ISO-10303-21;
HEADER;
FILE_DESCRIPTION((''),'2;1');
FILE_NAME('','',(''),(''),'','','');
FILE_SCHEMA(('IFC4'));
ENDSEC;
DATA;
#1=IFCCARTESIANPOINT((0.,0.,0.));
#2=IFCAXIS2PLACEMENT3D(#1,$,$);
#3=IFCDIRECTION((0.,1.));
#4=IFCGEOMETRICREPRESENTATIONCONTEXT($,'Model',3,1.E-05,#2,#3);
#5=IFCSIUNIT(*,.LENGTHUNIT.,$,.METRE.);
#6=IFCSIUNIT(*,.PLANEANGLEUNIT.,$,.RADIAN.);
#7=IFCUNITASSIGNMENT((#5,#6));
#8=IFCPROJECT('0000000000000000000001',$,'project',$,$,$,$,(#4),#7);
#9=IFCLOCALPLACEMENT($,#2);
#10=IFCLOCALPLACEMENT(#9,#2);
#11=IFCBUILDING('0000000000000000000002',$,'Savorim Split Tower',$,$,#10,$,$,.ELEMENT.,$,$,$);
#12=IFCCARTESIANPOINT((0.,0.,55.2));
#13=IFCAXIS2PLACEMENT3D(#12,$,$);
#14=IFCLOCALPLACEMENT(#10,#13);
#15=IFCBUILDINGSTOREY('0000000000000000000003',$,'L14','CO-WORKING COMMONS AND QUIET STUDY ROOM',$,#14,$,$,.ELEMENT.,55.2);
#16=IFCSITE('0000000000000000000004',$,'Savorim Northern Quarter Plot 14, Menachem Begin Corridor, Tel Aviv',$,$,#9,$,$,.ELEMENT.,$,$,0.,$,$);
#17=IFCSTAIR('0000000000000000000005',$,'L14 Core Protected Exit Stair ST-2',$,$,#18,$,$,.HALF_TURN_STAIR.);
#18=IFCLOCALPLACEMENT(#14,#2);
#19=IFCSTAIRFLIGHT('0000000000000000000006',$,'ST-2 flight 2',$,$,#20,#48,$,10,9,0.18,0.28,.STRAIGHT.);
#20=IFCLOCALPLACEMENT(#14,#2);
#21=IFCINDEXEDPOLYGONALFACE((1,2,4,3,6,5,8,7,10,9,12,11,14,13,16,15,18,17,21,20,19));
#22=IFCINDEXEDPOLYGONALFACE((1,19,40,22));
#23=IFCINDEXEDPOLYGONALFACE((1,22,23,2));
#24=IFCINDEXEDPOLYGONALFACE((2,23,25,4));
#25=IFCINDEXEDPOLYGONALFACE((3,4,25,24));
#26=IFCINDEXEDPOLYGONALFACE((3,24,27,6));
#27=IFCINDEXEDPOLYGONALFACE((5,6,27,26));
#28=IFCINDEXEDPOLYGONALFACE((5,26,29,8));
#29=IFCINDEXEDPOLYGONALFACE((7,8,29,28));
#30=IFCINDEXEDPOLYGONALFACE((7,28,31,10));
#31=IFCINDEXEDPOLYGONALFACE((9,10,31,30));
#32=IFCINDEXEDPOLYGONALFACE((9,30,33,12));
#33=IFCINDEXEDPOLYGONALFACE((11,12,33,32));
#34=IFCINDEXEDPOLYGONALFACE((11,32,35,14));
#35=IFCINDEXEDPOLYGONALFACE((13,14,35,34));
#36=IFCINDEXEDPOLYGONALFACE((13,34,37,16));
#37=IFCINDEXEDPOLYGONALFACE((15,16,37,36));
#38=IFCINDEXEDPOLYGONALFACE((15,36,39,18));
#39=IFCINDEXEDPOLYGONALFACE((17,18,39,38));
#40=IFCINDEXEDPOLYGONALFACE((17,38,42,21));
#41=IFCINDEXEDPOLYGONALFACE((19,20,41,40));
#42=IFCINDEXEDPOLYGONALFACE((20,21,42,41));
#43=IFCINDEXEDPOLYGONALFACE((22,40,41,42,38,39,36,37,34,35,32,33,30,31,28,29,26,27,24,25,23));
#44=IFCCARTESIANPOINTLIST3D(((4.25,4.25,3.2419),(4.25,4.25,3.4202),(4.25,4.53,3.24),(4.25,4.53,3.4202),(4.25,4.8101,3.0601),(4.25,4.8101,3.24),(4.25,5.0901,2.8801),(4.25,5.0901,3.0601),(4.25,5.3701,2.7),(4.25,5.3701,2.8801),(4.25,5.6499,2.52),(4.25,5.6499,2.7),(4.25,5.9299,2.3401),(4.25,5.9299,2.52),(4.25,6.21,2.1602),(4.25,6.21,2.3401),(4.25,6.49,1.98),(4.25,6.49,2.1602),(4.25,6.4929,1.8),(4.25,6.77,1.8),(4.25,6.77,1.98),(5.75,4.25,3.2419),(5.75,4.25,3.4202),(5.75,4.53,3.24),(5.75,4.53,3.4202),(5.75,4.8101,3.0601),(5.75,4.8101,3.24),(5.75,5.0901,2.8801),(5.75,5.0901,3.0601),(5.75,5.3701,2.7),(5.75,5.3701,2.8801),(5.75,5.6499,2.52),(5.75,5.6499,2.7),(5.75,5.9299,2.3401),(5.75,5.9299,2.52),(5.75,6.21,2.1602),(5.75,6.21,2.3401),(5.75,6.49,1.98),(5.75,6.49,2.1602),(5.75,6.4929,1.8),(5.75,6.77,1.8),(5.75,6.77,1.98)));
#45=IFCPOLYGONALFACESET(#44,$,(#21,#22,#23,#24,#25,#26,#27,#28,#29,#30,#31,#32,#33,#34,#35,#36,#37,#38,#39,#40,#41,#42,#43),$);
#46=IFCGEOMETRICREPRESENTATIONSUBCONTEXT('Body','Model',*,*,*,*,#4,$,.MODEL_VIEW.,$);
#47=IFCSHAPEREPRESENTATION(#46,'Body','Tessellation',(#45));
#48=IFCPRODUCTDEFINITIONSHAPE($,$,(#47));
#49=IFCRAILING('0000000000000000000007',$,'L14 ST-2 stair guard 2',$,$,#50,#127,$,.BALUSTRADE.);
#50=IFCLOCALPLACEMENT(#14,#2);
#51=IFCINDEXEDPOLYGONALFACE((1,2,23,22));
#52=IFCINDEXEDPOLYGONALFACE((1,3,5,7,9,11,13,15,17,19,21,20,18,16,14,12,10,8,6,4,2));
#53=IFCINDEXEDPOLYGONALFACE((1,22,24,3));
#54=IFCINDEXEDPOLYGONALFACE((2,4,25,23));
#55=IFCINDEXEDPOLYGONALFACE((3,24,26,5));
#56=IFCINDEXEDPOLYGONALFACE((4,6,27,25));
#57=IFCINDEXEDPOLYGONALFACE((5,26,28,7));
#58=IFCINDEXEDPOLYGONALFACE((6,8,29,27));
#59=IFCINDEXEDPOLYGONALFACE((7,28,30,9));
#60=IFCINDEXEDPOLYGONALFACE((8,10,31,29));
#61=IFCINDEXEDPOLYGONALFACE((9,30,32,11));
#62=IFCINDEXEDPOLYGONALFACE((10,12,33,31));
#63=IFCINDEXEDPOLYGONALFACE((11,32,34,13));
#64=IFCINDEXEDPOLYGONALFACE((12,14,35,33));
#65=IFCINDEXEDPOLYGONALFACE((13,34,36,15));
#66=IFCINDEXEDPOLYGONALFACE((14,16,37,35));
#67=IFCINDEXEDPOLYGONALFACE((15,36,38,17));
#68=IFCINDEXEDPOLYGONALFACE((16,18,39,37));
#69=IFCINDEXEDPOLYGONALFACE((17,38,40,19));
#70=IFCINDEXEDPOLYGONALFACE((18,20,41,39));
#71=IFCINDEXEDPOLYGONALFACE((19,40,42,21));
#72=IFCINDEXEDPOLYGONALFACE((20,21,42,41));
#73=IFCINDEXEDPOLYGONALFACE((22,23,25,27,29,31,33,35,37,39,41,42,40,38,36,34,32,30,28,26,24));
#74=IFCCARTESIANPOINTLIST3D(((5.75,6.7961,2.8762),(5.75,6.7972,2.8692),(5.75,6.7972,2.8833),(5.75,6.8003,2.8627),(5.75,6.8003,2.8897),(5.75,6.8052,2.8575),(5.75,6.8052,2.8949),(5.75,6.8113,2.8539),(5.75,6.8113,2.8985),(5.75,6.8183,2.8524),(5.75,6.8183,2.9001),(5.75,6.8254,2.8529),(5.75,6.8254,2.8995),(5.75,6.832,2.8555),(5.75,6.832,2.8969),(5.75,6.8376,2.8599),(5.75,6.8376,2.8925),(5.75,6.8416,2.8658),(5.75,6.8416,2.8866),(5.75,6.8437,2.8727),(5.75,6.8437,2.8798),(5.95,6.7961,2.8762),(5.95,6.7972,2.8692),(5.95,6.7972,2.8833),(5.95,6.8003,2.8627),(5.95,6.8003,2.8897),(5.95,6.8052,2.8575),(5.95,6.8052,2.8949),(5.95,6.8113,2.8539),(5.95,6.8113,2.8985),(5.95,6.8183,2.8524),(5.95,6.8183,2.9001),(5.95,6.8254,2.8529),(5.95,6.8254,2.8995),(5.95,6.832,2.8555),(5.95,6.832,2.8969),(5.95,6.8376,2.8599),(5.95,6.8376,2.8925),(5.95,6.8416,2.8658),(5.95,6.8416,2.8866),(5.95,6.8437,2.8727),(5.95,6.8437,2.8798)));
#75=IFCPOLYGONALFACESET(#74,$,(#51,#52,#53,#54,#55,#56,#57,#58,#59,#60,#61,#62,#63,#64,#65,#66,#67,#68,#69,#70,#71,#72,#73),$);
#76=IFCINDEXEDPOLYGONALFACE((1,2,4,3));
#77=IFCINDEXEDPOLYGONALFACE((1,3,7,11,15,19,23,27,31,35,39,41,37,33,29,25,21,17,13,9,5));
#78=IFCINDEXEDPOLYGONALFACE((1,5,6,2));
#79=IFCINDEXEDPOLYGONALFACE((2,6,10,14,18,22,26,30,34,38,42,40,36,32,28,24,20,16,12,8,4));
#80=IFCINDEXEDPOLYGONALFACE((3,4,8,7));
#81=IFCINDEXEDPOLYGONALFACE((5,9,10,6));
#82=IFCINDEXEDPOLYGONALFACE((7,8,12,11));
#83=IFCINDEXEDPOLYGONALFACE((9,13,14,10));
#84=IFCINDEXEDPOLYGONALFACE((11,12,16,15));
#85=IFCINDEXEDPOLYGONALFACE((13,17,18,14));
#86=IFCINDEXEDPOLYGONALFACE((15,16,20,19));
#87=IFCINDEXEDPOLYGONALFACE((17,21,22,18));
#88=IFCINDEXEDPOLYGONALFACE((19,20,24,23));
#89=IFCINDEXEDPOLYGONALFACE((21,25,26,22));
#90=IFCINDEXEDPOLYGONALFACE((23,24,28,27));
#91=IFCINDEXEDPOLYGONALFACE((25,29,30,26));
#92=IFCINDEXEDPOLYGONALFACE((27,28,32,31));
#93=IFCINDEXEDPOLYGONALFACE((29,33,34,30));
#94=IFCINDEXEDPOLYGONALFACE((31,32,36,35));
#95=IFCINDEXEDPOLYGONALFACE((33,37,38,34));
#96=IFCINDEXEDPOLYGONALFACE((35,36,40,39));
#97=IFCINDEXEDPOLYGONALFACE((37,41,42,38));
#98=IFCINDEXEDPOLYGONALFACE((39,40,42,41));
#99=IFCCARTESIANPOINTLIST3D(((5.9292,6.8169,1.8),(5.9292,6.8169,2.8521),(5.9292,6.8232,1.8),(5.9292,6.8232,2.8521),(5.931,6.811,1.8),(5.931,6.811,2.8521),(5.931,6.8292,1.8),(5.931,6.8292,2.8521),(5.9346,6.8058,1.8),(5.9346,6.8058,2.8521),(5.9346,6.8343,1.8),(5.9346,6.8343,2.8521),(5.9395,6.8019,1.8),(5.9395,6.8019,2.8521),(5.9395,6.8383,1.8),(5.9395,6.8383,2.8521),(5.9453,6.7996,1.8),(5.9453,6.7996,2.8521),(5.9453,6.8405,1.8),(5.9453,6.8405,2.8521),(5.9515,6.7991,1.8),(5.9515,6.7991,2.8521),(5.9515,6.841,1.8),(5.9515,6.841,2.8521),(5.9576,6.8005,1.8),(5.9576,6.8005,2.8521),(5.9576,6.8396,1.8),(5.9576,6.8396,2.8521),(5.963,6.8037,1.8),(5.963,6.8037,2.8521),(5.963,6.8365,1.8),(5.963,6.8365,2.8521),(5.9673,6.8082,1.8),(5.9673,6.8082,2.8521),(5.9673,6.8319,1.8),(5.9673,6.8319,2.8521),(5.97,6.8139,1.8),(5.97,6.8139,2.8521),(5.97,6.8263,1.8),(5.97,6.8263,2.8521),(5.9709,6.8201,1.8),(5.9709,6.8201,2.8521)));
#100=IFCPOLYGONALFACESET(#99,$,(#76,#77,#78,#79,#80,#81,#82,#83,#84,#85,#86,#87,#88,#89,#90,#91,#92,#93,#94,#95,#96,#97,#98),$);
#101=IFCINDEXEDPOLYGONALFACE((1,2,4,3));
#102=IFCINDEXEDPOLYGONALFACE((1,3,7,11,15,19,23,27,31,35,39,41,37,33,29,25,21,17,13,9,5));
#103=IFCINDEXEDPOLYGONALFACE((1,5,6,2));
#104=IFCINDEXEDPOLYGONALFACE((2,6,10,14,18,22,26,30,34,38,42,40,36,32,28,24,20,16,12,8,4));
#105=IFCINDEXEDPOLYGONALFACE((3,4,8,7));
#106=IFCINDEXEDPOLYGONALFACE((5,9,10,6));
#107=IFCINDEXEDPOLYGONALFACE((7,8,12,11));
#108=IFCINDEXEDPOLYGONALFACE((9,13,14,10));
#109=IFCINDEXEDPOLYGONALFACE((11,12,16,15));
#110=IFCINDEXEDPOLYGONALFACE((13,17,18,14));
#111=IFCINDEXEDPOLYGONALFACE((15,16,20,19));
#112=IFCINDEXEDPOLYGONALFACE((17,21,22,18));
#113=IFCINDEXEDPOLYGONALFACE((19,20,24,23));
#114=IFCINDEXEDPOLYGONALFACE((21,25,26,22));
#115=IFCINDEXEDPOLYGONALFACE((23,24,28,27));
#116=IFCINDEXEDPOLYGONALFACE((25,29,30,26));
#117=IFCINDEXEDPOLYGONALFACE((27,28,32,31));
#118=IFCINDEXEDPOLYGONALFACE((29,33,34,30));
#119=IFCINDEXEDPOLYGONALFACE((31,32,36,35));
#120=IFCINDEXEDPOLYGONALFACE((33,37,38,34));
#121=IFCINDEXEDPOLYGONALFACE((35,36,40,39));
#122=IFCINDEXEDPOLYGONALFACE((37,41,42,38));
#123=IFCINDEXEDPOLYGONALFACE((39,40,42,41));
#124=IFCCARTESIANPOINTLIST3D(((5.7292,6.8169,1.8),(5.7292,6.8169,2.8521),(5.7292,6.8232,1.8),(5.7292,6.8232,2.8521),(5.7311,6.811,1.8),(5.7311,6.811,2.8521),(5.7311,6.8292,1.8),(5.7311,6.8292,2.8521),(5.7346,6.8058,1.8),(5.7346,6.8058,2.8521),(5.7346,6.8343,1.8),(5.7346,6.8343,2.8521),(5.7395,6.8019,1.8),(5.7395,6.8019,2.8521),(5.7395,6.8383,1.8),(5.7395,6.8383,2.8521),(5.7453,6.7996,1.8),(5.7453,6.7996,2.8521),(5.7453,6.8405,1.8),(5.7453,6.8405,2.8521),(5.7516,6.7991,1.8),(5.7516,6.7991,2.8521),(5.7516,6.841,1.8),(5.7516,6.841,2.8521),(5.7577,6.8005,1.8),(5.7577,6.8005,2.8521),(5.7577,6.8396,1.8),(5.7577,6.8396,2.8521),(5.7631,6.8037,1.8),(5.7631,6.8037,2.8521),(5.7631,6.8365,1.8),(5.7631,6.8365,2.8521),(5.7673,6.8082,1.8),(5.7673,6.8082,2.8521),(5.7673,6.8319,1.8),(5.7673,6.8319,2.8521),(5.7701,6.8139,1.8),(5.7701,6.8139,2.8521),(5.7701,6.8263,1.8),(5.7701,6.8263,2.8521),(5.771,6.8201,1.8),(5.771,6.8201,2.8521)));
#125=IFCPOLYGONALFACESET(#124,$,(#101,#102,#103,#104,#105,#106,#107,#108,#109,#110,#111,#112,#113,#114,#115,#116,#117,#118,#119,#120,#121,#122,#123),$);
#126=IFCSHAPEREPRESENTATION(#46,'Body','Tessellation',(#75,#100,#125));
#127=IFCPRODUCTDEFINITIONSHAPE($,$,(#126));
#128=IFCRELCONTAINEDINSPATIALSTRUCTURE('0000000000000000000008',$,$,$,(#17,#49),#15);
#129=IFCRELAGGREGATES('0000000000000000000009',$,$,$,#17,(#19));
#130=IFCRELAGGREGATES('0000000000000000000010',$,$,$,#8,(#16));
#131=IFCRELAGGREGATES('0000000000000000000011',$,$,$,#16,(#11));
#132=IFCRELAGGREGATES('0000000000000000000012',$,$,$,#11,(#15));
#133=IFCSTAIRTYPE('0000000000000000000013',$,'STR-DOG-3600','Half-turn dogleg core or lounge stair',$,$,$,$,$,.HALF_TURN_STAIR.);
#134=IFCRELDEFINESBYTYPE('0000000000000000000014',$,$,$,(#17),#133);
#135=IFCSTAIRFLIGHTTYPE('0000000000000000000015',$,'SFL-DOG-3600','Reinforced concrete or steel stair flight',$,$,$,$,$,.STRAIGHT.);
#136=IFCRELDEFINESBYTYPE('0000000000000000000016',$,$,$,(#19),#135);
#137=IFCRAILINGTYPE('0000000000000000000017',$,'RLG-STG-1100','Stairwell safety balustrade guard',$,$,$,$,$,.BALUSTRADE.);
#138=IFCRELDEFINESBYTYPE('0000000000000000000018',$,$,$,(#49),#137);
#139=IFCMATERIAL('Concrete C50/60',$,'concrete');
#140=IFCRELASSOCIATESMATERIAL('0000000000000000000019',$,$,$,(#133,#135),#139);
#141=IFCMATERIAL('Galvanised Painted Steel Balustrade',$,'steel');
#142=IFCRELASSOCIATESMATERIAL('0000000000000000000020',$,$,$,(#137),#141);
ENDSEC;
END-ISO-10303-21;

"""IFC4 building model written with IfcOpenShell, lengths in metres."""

from ifc_helpers import new_model, si_unit, direction, frame, origin, origin_2d, place, context, subcontext, project, spatial, polyline, circle, outline, extrude, material, type_object, element, aggregate, save


model = new_model("IFC4")

# Units and contexts
model_context = context("Model", 3, precision=1e-05, world=origin(), true_north=direction((0.0, 1.0)))
body_context = subcontext(model_context, "Body", "Model", "MODEL_VIEW")
ifc_project = project(units=[si_unit("LENGTHUNIT", "METRE"), si_unit("PLANEANGLEUNIT", "RADIAN")], contexts=[model_context])

# Site, building, storey
site_placement = place(None, origin())
site = spatial("IfcSite", under=ifc_project, at=site_placement, Name="Savorim Northern Quarter Plot 14, Menachem Begin Corridor, Tel Aviv", CompositionType="ELEMENT", RefElevation=0.0)
building_placement = place(site_placement, origin())
building = spatial("IfcBuilding", under=site, at=building_placement, Name="Savorim Split Tower", CompositionType="ELEMENT")
storey_placement = place(building_placement, frame((0.0, 0.0, 55.2)))
storey = spatial("IfcBuildingStorey", under=building, at=storey_placement, Name="L14", Description="CO-WORKING COMMONS AND QUIET STUDY ROOM", CompositionType="ELEMENT", Elevation=55.2)

# Stair, stair flight
ifc_material_1 = material(Name="Concrete C50/60", Category="concrete")
stair_type = type_object("IfcStairType", Name="STR-DOG-3600", Description="Half-turn dogleg core or lounge stair", PredefinedType="HALF_TURN_STAIR", material=ifc_material_1)
stair_placement = place(storey_placement, origin())
stair = element("IfcStair", 1, at=stair_placement, inside=storey, type_object=stair_type, Name="L14 Core Protected Exit Stair ST-2", PredefinedType="HALF_TURN_STAIR")
stair_flight_type = type_object("IfcStairFlightType", Name="SFL-DOG-3600", Description="Reinforced concrete or steel stair flight", PredefinedType="STRAIGHT", material=ifc_material_1)
stair_flight_placement = place(storey_placement, frame((5.0, 6.77, 1.8), z_axis=(0.0, 0.0, 1.0), x_axis=(0.0, -1.0, 0.0)))
stair_flight = element("IfcStairFlight", 2, at=stair_flight_placement, type_object=stair_flight_type, Name="ST-2 flight 2", NumberOfRisers=10, NumberOfTreads=9, PredefinedType="STRAIGHT", RiserHeight=0.18, TreadLength=0.28, context=body_context, shape_type="SweptSolid", body=[
    extrude(outline(polyline([(0.0, 0.0), (0.0, 0.1799), (0.28, 0.1799), (0.28, 0.3601), (0.5601, 0.3601), (0.5601, 0.54), (0.8401, 0.54), (0.8401, 0.72), (1.1201, 0.72), (1.1201, 0.8999), (1.3999, 0.8999), (1.3999, 1.0801), (1.6799, 1.0801), (1.6799, 1.26), (1.96, 1.26), (1.96, 1.4399), (2.24, 1.4399), (2.24, 1.6201), (2.52, 1.6201), (2.52, 1.8), (2.52, 1.4419), (0.2771, 0.0), (0.0, 0.0)])), frame((0.0, 0.75, 0.0), z_axis=(0.0, -1.0, 0.0), x_axis=(1.0, 0.0, 0.0)), (0.0, 0.0, 1.0), 1.5),
])
aggregate(stair, [stair_flight])

# Railing
ifc_material_2 = material(Name="Galvanised Painted Steel Balustrade", Category="steel")
railing_type = type_object("IfcRailingType", Name="RLG-STG-1100", Description="Stairwell safety balustrade guard", PredefinedType="BALUSTRADE", material=ifc_material_2)
railing_1_placement = place(storey_placement, frame((5.95, 6.8201, 1.8)))
element("IfcRailing", 3, at=railing_1_placement, inside=storey, type_object=railing_type, Name="L14 ST-2 stair guard 2", PredefinedType="BALUSTRADE", context=body_context, shape_type="SweptSolid", body=[
    extrude(circle(Radius=0.0239, at=origin_2d()), frame((0.0, 0.0, 1.0762), z_axis=(-1.0, 0.0, 0.0), x_axis=(0.0, -1.0, 0.0)), (0.0, 0.0, 1.0), 0.2),
    extrude(circle(Radius=0.021, at=origin_2d()), origin(), (0.0, 0.0, 1.0), 1.052),
    extrude(circle(Radius=0.021, at=origin_2d()), frame((-0.2, 0.0, 0.0)), (0.0, 0.0, 1.0), 1.052),
])

save(model, "model.ifc")
